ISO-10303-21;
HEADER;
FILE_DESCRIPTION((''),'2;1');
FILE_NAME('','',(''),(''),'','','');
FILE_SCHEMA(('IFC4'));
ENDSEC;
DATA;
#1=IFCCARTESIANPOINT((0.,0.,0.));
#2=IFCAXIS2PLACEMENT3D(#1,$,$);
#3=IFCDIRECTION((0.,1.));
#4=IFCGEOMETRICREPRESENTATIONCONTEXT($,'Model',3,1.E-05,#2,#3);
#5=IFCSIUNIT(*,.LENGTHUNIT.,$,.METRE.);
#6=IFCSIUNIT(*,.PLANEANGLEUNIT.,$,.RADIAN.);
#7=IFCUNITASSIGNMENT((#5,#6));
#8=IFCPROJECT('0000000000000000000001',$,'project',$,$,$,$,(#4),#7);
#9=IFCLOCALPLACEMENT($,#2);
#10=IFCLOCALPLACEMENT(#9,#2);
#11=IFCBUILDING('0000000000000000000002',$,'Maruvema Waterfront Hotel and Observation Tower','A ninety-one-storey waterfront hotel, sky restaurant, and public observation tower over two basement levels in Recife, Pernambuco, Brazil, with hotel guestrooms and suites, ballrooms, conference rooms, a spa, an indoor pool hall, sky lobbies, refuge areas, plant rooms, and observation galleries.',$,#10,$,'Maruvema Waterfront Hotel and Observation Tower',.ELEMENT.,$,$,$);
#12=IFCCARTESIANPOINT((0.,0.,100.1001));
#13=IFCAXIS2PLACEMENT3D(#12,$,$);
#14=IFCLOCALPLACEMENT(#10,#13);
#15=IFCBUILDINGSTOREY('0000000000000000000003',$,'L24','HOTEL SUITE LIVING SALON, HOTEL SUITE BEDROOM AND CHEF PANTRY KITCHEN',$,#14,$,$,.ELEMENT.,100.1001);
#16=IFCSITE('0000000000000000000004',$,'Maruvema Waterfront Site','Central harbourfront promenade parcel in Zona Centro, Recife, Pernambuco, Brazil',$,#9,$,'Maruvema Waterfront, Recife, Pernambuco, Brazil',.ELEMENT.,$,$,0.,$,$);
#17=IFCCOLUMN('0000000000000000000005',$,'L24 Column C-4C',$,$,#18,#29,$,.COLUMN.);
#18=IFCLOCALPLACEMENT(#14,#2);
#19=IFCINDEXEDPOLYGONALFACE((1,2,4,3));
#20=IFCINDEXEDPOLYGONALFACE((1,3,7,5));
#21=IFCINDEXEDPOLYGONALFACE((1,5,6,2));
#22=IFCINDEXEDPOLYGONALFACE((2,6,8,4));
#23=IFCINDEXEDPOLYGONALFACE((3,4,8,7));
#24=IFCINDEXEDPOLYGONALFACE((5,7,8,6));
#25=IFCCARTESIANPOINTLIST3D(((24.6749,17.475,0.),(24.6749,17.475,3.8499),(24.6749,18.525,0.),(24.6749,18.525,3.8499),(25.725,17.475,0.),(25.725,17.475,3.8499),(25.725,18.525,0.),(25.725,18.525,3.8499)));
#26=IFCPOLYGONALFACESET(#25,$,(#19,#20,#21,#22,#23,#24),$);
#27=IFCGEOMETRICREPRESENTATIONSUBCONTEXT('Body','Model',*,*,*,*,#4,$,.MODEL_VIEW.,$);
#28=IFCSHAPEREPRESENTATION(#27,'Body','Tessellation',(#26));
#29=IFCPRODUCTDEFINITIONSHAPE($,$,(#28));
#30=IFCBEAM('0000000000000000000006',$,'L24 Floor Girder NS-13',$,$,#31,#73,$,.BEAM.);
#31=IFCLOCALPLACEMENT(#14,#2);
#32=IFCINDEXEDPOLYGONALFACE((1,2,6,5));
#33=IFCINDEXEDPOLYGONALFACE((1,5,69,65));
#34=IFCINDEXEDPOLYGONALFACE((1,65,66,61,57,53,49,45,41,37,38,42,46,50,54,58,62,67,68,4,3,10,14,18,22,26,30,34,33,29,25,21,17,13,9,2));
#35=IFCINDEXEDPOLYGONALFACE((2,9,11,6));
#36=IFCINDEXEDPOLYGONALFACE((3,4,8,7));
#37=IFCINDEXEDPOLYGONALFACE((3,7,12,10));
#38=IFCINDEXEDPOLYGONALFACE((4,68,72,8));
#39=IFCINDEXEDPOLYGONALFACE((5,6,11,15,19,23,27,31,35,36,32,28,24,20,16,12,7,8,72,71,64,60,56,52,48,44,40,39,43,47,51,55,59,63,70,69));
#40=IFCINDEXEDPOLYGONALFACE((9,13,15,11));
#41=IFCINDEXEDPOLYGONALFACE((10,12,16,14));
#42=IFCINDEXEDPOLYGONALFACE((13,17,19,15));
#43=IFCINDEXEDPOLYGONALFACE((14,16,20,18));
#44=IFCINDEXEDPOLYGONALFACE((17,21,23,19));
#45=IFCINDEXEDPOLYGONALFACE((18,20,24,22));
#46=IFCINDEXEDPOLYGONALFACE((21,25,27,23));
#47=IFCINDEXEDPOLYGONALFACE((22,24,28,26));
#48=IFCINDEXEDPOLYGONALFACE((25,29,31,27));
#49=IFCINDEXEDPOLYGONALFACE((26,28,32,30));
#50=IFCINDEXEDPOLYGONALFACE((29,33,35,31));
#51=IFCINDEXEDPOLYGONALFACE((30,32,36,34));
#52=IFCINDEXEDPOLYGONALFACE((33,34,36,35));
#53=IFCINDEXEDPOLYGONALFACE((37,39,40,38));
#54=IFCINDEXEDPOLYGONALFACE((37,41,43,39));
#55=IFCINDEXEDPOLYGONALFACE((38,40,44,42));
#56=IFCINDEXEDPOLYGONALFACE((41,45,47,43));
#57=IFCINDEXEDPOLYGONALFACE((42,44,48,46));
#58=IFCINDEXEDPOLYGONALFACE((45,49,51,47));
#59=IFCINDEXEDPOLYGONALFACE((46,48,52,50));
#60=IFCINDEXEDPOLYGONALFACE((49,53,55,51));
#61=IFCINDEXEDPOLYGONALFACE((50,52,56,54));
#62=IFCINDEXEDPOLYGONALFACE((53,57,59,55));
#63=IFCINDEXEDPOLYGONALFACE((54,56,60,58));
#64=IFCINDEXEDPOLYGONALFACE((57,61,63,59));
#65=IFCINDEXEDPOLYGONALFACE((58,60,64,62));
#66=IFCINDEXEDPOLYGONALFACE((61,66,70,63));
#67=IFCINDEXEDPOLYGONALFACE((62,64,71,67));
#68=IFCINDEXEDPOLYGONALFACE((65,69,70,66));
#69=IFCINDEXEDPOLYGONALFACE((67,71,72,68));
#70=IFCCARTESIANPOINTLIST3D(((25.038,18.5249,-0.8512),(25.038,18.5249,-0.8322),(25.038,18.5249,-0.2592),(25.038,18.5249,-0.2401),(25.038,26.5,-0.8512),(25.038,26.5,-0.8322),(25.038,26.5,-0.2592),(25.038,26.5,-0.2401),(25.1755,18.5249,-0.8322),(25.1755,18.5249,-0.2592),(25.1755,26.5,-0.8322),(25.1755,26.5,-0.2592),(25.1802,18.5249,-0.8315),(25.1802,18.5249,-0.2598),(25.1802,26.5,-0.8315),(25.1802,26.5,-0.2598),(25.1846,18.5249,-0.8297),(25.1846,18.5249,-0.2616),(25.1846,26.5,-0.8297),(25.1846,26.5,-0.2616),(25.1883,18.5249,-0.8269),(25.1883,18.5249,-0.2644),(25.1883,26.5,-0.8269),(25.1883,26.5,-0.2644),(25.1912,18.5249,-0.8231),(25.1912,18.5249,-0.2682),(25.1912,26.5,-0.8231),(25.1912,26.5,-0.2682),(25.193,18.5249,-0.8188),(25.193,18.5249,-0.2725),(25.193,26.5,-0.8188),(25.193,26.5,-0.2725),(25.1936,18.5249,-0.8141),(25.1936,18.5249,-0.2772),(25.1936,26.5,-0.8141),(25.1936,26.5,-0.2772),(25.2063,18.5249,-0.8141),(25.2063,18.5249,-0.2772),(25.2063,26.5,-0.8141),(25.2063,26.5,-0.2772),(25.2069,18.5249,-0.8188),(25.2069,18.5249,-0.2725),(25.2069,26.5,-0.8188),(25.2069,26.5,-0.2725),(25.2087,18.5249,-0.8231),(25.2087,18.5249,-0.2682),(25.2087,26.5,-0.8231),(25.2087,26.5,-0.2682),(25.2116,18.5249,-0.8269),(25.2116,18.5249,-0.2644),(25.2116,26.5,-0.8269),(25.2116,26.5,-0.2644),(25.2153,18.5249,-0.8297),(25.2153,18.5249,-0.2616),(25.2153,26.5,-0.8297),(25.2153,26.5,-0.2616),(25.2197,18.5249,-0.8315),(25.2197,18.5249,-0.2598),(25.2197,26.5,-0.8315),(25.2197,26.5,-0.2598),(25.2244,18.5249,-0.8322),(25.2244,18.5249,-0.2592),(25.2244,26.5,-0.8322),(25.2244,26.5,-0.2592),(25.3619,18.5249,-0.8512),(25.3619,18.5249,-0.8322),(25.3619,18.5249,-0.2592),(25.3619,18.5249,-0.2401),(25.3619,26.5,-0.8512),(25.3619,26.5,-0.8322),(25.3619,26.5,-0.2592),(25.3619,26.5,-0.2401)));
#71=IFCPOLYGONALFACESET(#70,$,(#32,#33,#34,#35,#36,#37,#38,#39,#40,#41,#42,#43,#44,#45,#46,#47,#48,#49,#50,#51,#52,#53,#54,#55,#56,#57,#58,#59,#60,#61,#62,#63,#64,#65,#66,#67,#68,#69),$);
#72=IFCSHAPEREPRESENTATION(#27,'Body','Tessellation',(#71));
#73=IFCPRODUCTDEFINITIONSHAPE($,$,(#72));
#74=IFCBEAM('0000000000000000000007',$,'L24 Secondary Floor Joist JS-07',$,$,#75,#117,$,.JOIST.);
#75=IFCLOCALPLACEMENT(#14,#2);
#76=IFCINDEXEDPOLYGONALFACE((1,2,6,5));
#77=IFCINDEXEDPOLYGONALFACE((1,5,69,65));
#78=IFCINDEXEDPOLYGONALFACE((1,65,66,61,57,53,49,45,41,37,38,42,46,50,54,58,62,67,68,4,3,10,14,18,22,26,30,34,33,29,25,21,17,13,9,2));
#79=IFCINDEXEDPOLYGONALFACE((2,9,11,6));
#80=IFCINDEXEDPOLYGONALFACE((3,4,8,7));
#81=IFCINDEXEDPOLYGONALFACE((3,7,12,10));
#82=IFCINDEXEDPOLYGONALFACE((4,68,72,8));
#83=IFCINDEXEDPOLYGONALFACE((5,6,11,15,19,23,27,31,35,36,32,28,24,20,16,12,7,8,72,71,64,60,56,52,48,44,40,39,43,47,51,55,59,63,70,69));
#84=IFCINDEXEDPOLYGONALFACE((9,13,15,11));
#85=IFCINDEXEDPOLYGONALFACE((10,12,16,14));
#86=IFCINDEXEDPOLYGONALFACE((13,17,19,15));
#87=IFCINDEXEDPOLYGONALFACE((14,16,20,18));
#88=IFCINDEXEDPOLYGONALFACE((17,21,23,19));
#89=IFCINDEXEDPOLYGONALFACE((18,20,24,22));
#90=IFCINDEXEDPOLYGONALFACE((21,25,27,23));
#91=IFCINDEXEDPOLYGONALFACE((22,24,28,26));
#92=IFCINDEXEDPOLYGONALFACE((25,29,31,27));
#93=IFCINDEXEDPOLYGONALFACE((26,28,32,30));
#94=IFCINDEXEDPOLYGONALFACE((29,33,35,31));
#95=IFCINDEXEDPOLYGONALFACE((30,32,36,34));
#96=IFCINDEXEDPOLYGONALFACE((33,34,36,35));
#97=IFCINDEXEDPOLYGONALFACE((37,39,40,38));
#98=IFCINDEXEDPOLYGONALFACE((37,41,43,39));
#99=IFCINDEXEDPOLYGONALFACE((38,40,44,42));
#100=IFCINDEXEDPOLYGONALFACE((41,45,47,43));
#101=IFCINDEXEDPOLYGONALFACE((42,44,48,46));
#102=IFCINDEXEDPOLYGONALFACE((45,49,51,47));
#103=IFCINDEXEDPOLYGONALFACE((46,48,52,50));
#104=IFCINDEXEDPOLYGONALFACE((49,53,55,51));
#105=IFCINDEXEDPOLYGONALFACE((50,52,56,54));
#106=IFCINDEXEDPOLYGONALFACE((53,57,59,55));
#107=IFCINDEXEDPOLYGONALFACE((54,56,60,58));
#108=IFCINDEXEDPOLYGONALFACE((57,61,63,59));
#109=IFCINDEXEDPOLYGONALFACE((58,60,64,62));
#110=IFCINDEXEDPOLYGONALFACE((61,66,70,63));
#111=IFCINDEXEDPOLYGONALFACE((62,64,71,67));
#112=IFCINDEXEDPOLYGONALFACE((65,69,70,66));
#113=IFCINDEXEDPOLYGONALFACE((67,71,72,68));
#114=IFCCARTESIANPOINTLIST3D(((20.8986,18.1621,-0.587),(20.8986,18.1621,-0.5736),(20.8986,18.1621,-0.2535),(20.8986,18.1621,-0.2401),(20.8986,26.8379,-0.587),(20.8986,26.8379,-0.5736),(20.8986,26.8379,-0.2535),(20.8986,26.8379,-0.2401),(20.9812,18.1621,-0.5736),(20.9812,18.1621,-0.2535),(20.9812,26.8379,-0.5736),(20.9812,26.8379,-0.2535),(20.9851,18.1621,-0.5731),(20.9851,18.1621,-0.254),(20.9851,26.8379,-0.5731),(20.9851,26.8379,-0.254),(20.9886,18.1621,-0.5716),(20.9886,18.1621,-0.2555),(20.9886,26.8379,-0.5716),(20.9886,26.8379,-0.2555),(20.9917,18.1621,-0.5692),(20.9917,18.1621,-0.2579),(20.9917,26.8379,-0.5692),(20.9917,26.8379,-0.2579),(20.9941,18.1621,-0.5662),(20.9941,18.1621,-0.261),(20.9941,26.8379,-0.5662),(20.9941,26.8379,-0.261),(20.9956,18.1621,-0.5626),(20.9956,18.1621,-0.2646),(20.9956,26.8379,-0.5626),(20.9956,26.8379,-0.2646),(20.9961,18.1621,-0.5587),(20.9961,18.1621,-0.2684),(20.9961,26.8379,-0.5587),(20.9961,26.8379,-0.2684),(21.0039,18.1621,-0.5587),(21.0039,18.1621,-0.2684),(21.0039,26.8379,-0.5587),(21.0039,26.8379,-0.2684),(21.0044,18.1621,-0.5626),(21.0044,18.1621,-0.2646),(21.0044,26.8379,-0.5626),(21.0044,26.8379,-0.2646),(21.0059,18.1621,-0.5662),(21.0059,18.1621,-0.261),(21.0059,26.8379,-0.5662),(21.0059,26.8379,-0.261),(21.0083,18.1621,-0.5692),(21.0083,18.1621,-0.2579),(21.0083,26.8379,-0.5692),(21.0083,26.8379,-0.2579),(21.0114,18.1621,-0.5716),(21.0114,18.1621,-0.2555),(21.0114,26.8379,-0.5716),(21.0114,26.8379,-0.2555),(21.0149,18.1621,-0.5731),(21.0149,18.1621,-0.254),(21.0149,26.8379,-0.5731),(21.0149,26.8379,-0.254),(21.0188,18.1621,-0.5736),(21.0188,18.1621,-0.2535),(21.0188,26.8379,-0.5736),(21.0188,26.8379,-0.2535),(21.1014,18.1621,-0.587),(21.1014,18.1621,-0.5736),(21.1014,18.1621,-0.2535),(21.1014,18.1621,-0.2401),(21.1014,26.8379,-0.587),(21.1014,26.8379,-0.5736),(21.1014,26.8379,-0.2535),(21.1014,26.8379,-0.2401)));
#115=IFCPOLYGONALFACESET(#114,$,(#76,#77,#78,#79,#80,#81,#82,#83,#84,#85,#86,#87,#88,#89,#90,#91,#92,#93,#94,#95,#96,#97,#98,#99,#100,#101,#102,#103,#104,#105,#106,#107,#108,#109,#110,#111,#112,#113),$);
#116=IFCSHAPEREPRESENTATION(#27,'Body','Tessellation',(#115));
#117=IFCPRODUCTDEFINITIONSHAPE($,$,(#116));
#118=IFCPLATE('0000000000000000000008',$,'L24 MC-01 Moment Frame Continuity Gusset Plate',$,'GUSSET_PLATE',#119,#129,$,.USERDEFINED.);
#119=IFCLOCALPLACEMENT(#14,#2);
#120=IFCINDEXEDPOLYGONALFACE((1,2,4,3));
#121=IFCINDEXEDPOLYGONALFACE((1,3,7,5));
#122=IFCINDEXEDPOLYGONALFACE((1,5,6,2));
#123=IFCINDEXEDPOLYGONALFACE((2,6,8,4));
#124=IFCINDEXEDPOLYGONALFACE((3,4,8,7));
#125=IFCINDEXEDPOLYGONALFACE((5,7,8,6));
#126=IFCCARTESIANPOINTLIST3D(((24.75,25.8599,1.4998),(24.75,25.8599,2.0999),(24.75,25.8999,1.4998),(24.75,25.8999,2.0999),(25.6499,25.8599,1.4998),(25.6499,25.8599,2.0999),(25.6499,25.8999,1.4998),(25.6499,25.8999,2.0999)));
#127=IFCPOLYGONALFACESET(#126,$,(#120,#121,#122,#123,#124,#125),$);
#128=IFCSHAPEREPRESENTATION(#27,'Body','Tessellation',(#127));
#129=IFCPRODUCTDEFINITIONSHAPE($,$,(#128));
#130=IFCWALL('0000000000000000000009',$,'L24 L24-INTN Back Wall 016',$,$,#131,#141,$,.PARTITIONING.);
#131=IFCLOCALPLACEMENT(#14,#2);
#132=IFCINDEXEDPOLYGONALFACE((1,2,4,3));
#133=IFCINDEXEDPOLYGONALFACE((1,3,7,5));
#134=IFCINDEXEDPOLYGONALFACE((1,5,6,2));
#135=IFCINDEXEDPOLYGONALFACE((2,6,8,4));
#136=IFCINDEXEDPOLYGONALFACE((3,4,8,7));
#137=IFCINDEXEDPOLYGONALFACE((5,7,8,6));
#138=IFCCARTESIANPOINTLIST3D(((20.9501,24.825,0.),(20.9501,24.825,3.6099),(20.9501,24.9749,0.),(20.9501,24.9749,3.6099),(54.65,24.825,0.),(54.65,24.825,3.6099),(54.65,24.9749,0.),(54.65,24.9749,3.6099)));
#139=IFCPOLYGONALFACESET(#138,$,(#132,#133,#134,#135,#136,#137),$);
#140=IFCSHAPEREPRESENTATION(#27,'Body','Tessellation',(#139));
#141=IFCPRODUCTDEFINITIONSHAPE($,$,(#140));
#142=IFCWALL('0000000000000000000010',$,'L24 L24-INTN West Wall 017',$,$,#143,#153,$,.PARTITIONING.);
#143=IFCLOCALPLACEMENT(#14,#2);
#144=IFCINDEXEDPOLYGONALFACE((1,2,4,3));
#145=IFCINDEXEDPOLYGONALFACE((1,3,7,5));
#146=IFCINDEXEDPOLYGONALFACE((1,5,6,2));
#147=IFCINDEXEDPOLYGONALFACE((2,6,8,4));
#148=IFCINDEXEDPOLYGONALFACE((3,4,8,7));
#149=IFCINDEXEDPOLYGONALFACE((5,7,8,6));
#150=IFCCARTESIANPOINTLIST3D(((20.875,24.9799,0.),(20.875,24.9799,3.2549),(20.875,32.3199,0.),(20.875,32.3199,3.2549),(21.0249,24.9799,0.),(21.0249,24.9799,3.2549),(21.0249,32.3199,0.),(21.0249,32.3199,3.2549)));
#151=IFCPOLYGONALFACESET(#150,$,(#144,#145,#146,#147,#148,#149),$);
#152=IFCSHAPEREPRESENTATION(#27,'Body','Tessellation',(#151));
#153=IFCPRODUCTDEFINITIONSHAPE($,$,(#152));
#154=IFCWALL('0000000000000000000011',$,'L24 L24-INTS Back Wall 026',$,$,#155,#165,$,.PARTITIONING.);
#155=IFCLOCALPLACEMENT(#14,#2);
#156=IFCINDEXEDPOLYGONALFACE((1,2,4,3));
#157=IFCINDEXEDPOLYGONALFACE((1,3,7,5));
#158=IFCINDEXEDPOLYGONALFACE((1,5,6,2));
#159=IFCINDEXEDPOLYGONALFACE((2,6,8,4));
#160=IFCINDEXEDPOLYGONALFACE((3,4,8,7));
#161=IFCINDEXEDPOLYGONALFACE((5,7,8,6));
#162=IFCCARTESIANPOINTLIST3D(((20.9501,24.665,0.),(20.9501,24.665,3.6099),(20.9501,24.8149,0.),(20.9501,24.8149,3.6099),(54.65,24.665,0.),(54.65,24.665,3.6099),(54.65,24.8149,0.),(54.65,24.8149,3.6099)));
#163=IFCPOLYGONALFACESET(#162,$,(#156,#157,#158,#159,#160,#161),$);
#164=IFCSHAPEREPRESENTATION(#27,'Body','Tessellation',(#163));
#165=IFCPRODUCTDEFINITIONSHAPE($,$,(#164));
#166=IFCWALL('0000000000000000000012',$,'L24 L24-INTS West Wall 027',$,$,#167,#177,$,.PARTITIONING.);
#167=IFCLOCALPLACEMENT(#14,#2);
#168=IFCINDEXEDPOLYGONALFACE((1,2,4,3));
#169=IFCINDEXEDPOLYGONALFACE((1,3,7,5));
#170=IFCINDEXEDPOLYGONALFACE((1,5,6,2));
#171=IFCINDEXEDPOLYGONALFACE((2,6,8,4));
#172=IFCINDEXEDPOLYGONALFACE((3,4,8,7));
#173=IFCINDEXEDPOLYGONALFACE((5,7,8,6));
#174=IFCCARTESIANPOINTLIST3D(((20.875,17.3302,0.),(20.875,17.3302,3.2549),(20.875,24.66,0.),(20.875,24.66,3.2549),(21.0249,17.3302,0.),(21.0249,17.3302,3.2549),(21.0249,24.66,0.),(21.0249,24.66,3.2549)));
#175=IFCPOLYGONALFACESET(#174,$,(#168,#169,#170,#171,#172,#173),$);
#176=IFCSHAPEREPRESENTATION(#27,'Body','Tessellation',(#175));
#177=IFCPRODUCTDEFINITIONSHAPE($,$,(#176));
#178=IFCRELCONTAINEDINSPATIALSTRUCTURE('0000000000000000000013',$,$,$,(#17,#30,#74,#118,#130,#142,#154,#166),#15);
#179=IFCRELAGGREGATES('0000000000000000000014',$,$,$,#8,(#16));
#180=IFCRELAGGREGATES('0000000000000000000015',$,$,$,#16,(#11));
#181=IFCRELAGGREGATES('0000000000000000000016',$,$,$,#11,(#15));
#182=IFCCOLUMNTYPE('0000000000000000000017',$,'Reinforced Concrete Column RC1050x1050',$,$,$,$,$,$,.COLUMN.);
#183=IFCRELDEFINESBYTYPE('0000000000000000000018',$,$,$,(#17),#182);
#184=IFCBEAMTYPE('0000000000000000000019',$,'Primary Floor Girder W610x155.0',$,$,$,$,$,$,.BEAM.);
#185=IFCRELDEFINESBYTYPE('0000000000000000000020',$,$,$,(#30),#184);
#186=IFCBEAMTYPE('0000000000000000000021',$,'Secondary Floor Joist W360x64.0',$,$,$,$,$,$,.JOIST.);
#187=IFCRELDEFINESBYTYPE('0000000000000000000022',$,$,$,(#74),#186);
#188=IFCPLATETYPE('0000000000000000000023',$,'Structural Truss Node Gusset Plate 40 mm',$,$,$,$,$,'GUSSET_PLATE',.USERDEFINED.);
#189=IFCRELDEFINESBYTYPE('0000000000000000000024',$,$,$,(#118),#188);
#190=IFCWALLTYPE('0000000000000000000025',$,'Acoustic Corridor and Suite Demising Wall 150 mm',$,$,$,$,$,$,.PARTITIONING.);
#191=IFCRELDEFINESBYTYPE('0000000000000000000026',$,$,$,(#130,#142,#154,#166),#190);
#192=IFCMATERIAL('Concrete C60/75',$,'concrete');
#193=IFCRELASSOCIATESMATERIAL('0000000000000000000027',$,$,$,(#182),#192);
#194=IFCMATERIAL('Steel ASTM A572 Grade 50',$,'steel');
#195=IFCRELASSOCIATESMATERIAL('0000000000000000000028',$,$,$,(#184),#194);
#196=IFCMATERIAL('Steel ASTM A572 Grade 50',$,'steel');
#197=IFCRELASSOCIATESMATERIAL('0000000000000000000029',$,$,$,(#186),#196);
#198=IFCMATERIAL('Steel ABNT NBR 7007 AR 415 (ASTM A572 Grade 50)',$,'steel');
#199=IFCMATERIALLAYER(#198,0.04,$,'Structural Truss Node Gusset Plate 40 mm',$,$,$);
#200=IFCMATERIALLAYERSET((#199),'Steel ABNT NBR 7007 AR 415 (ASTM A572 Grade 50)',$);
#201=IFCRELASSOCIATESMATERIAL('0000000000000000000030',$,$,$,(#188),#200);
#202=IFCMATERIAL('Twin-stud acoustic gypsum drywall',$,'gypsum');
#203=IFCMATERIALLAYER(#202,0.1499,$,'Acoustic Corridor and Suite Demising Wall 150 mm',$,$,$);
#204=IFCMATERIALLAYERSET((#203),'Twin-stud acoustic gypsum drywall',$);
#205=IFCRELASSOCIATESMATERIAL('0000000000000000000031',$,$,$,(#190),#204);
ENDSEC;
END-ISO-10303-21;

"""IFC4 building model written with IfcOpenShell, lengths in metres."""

from ifc_helpers import new_model, si_unit, direction, frame, frame_2d, origin, origin_2d, place, context, subcontext, project, spatial, rectangle, i_section, extrude, material, layer, layer_set, material_profile, profile_set, type_object, element, save


model = new_model("IFC4")

# Units and contexts
model_context = context("Model", 3, precision=1e-05, world=origin(), true_north=direction((0.0, 1.0)))
body_context = subcontext(model_context, "Body", "Model", "MODEL_VIEW")
ifc_project = project(units=[si_unit("LENGTHUNIT", "METRE"), si_unit("PLANEANGLEUNIT", "RADIAN")], contexts=[model_context])

# Site, building, storey
site_placement = place(None, origin())
site = spatial("IfcSite", under=ifc_project, at=site_placement, Name="Maruvema Waterfront Site", Description="Central harbourfront promenade parcel in Zona Centro, Recife, Pernambuco, Brazil", LongName="Maruvema Waterfront, Recife, Pernambuco, Brazil", CompositionType="ELEMENT", RefElevation=0.0)
building_placement = place(site_placement, origin())
building = spatial("IfcBuilding", under=site, at=building_placement, Name="Maruvema Waterfront Hotel and Observation Tower", Description="A ninety-one-storey waterfront hotel, sky restaurant, and public observation tower over two basement levels in Recife, Pernambuco, Brazil, with hotel guestrooms and suites, ballrooms, conference rooms, a spa, an indoor pool hall, sky lobbies, refuge areas, plant rooms, and observation galleries.", LongName="Maruvema Waterfront Hotel and Observation Tower", CompositionType="ELEMENT")
storey_placement = place(building_placement, frame((0.0, 0.0, 100.1001)))
storey = spatial("IfcBuildingStorey", under=building, at=storey_placement, Name="L24", Description="HOTEL SUITE LIVING SALON, HOTEL SUITE BEDROOM AND CHEF PANTRY KITCHEN", CompositionType="ELEMENT", Elevation=100.1001)

# Column
ifc_material_1 = material(Name="Concrete C60/75", Category="concrete")
ifc_material_profile_1 = material_profile(ifc_material_1, rectangle(XDim=1.05, YDim=1.05, at=origin_2d()), Name="RC1050x1050")
ifc_profile_set_1 = profile_set([ifc_material_profile_1], Name="Concrete C60/75")
column_type = type_object("IfcColumnType", Name="Reinforced Concrete Column RC1050x1050", PredefinedType="COLUMN", material=ifc_profile_set_1)
column_placement = place(storey_placement, frame((25.2, 18.0, 0.0), z_axis=(0.0, 0.0, 1.0), x_axis=(1.0, 0.0, 0.0)))
element("IfcColumn", 1, at=column_placement, inside=storey, type_object=column_type, Name="L24 Column C-4C", PredefinedType="COLUMN", context=body_context, shape_type="SweptSolid", body=[
    extrude(rectangle(XDim=1.05, YDim=1.05, at=origin_2d()), origin(), (0.0, 0.0, 1.0), 3.8499),
])

# Beams
ifc_material_2 = material(Name="Steel ASTM A572 Grade 50", Category="steel")
ifc_material_profile_2 = material_profile(ifc_material_2, i_section(OverallWidth=0.324, OverallDepth=0.6111, WebThickness=0.0127, FlangeThickness=0.019, FilletRadius=0.0181, at=origin_2d()), Name="W610x155.0")
ifc_profile_set_2 = profile_set([ifc_material_profile_2], Name="Steel ASTM A572 Grade 50")
beam_type_1 = type_object("IfcBeamType", Name="Primary Floor Girder W610x155.0", PredefinedType="BEAM", material=ifc_profile_set_2)
beam_1_placement = place(storey_placement, frame((25.2, 18.5249, -0.5457), z_axis=(0.0, 1.0, 0.0), x_axis=(-1.0, 0.0, 0.0)))
element("IfcBeam", 2, at=beam_1_placement, inside=storey, type_object=beam_type_1, Name="L24 Floor Girder NS-13", PredefinedType="BEAM", context=body_context, shape_type="SweptSolid", body=[
    extrude(i_section(OverallWidth=0.324, OverallDepth=0.6111, WebThickness=0.0127, FlangeThickness=0.019, FilletRadius=0.0181, at=origin_2d()), origin(), (0.0, 0.0, 1.0), 7.9751),
])
ifc_material_3 = material(Name="Steel ASTM A572 Grade 50", Category="steel")
ifc_material_profile_3 = material_profile(ifc_material_3, i_section(OverallWidth=0.2029, OverallDepth=0.3469, WebThickness=0.0078, FlangeThickness=0.0134, FilletRadius=0.0149, at=origin_2d()), Name="W360x64.0")
ifc_profile_set_3 = profile_set([ifc_material_profile_3], Name="Steel ASTM A572 Grade 50")
beam_type_2 = type_object("IfcBeamType", Name="Secondary Floor Joist W360x64.0", PredefinedType="JOIST", material=ifc_profile_set_3)
beam_2_placement = place(storey_placement, frame((21.0, 18.1621, -0.4136), z_axis=(0.0, 1.0, 0.0), x_axis=(-1.0, 0.0, 0.0)))
element("IfcBeam", 3, at=beam_2_placement, inside=storey, type_object=beam_type_2, Name="L24 Secondary Floor Joist JS-07", PredefinedType="JOIST", context=body_context, shape_type="SweptSolid", body=[
    extrude(i_section(OverallWidth=0.2029, OverallDepth=0.3469, WebThickness=0.0078, FlangeThickness=0.0134, FilletRadius=0.0149, at=origin_2d()), origin(), (0.0, 0.0, 1.0), 8.6758),
])

# Plate
ifc_material_4 = material(Name="Steel ABNT NBR 7007 AR 415 (ASTM A572 Grade 50)", Category="steel")
ifc_layer_1 = layer(ifc_material_4, 0.04, Name="Structural Truss Node Gusset Plate 40 mm")
ifc_layer_set_1 = layer_set([ifc_layer_1], Name="Steel ABNT NBR 7007 AR 415 (ASTM A572 Grade 50)")
plate_type = type_object("IfcPlateType", Name="Structural Truss Node Gusset Plate 40 mm", ElementType="GUSSET_PLATE", PredefinedType="USERDEFINED", material=ifc_layer_set_1)
plate_placement = place(storey_placement, frame((25.2, 25.8799, 1.4998), z_axis=(0.0, 0.0, 1.0), x_axis=(1.0, 0.0, 0.0)))
element("IfcPlate", 4, at=plate_placement, inside=storey, type_object=plate_type, Name="L24 MC-01 Moment Frame Continuity Gusset Plate", ObjectType="GUSSET_PLATE", PredefinedType="USERDEFINED", context=body_context, shape_type="SweptSolid", body=[
    extrude(rectangle(XDim=0.8999, YDim=0.04, at=origin_2d()), origin(), (0.0, 0.0, 1.0), 0.6001),
])

# Walls
ifc_material_5 = material(Name="Twin-stud acoustic gypsum drywall", Category="gypsum")
ifc_layer_2 = layer(ifc_material_5, 0.1499, Name="Acoustic Corridor and Suite Demising Wall 150 mm")
ifc_layer_set_2 = layer_set([ifc_layer_2], Name="Twin-stud acoustic gypsum drywall")
wall_type = type_object("IfcWallType", Name="Acoustic Corridor and Suite Demising Wall 150 mm", PredefinedType="PARTITIONING", material=ifc_layer_set_2)
wall_1_placement = place(storey_placement, frame((20.95, 24.8999, 0.0), z_axis=(0.0, 0.0, 1.0), x_axis=(1.0, 0.0, 0.0)))
element("IfcWall", 5, at=wall_1_placement, inside=storey, type_object=wall_type, Name="L24 L24-INTN Back Wall 016", PredefinedType="PARTITIONING", context=body_context, shape_type="SweptSolid", body=[
    extrude(rectangle(XDim=33.7, YDim=0.1499, at=frame_2d((16.8501, 0.0))), origin(), (0.0, 0.0, 1.0), 3.6099),
])
wall_2_placement = place(storey_placement, frame((20.95, 24.98, 0.0), z_axis=(0.0, 0.0, 1.0), x_axis=(0.0, 1.0, 0.0)))
element("IfcWall", 6, at=wall_2_placement, inside=storey, type_object=wall_type, Name="L24 L24-INTN West Wall 017", PredefinedType="PARTITIONING", context=body_context, shape_type="SweptSolid", body=[
    extrude(rectangle(XDim=7.3401, YDim=0.1499, at=frame_2d((3.6699, 0.0))), origin(), (0.0, 0.0, 1.0), 3.2549),
])
wall_3_placement = place(storey_placement, frame((20.95, 24.74, 0.0), z_axis=(0.0, 0.0, 1.0), x_axis=(1.0, 0.0, 0.0)))
element("IfcWall", 7, at=wall_3_placement, inside=storey, type_object=wall_type, Name="L24 L24-INTS Back Wall 026", PredefinedType="PARTITIONING", context=body_context, shape_type="SweptSolid", body=[
    extrude(rectangle(XDim=33.7, YDim=0.1499, at=frame_2d((16.8501, 0.0))), origin(), (0.0, 0.0, 1.0), 3.6099),
])
wall_4_placement = place(storey_placement, frame((20.95, 17.3301, 0.0), z_axis=(0.0, 0.0, 1.0), x_axis=(0.0, 1.0, 0.0)))
element("IfcWall", 8, at=wall_4_placement, inside=storey, type_object=wall_type, Name="L24 L24-INTS West Wall 027", PredefinedType="PARTITIONING", context=body_context, shape_type="SweptSolid", body=[
    extrude(rectangle(XDim=7.3298, YDim=0.1499, at=frame_2d((3.665, 0.0))), origin(), (0.0, 0.0, 1.0), 3.2549),
])

save(model, "model.ifc")
